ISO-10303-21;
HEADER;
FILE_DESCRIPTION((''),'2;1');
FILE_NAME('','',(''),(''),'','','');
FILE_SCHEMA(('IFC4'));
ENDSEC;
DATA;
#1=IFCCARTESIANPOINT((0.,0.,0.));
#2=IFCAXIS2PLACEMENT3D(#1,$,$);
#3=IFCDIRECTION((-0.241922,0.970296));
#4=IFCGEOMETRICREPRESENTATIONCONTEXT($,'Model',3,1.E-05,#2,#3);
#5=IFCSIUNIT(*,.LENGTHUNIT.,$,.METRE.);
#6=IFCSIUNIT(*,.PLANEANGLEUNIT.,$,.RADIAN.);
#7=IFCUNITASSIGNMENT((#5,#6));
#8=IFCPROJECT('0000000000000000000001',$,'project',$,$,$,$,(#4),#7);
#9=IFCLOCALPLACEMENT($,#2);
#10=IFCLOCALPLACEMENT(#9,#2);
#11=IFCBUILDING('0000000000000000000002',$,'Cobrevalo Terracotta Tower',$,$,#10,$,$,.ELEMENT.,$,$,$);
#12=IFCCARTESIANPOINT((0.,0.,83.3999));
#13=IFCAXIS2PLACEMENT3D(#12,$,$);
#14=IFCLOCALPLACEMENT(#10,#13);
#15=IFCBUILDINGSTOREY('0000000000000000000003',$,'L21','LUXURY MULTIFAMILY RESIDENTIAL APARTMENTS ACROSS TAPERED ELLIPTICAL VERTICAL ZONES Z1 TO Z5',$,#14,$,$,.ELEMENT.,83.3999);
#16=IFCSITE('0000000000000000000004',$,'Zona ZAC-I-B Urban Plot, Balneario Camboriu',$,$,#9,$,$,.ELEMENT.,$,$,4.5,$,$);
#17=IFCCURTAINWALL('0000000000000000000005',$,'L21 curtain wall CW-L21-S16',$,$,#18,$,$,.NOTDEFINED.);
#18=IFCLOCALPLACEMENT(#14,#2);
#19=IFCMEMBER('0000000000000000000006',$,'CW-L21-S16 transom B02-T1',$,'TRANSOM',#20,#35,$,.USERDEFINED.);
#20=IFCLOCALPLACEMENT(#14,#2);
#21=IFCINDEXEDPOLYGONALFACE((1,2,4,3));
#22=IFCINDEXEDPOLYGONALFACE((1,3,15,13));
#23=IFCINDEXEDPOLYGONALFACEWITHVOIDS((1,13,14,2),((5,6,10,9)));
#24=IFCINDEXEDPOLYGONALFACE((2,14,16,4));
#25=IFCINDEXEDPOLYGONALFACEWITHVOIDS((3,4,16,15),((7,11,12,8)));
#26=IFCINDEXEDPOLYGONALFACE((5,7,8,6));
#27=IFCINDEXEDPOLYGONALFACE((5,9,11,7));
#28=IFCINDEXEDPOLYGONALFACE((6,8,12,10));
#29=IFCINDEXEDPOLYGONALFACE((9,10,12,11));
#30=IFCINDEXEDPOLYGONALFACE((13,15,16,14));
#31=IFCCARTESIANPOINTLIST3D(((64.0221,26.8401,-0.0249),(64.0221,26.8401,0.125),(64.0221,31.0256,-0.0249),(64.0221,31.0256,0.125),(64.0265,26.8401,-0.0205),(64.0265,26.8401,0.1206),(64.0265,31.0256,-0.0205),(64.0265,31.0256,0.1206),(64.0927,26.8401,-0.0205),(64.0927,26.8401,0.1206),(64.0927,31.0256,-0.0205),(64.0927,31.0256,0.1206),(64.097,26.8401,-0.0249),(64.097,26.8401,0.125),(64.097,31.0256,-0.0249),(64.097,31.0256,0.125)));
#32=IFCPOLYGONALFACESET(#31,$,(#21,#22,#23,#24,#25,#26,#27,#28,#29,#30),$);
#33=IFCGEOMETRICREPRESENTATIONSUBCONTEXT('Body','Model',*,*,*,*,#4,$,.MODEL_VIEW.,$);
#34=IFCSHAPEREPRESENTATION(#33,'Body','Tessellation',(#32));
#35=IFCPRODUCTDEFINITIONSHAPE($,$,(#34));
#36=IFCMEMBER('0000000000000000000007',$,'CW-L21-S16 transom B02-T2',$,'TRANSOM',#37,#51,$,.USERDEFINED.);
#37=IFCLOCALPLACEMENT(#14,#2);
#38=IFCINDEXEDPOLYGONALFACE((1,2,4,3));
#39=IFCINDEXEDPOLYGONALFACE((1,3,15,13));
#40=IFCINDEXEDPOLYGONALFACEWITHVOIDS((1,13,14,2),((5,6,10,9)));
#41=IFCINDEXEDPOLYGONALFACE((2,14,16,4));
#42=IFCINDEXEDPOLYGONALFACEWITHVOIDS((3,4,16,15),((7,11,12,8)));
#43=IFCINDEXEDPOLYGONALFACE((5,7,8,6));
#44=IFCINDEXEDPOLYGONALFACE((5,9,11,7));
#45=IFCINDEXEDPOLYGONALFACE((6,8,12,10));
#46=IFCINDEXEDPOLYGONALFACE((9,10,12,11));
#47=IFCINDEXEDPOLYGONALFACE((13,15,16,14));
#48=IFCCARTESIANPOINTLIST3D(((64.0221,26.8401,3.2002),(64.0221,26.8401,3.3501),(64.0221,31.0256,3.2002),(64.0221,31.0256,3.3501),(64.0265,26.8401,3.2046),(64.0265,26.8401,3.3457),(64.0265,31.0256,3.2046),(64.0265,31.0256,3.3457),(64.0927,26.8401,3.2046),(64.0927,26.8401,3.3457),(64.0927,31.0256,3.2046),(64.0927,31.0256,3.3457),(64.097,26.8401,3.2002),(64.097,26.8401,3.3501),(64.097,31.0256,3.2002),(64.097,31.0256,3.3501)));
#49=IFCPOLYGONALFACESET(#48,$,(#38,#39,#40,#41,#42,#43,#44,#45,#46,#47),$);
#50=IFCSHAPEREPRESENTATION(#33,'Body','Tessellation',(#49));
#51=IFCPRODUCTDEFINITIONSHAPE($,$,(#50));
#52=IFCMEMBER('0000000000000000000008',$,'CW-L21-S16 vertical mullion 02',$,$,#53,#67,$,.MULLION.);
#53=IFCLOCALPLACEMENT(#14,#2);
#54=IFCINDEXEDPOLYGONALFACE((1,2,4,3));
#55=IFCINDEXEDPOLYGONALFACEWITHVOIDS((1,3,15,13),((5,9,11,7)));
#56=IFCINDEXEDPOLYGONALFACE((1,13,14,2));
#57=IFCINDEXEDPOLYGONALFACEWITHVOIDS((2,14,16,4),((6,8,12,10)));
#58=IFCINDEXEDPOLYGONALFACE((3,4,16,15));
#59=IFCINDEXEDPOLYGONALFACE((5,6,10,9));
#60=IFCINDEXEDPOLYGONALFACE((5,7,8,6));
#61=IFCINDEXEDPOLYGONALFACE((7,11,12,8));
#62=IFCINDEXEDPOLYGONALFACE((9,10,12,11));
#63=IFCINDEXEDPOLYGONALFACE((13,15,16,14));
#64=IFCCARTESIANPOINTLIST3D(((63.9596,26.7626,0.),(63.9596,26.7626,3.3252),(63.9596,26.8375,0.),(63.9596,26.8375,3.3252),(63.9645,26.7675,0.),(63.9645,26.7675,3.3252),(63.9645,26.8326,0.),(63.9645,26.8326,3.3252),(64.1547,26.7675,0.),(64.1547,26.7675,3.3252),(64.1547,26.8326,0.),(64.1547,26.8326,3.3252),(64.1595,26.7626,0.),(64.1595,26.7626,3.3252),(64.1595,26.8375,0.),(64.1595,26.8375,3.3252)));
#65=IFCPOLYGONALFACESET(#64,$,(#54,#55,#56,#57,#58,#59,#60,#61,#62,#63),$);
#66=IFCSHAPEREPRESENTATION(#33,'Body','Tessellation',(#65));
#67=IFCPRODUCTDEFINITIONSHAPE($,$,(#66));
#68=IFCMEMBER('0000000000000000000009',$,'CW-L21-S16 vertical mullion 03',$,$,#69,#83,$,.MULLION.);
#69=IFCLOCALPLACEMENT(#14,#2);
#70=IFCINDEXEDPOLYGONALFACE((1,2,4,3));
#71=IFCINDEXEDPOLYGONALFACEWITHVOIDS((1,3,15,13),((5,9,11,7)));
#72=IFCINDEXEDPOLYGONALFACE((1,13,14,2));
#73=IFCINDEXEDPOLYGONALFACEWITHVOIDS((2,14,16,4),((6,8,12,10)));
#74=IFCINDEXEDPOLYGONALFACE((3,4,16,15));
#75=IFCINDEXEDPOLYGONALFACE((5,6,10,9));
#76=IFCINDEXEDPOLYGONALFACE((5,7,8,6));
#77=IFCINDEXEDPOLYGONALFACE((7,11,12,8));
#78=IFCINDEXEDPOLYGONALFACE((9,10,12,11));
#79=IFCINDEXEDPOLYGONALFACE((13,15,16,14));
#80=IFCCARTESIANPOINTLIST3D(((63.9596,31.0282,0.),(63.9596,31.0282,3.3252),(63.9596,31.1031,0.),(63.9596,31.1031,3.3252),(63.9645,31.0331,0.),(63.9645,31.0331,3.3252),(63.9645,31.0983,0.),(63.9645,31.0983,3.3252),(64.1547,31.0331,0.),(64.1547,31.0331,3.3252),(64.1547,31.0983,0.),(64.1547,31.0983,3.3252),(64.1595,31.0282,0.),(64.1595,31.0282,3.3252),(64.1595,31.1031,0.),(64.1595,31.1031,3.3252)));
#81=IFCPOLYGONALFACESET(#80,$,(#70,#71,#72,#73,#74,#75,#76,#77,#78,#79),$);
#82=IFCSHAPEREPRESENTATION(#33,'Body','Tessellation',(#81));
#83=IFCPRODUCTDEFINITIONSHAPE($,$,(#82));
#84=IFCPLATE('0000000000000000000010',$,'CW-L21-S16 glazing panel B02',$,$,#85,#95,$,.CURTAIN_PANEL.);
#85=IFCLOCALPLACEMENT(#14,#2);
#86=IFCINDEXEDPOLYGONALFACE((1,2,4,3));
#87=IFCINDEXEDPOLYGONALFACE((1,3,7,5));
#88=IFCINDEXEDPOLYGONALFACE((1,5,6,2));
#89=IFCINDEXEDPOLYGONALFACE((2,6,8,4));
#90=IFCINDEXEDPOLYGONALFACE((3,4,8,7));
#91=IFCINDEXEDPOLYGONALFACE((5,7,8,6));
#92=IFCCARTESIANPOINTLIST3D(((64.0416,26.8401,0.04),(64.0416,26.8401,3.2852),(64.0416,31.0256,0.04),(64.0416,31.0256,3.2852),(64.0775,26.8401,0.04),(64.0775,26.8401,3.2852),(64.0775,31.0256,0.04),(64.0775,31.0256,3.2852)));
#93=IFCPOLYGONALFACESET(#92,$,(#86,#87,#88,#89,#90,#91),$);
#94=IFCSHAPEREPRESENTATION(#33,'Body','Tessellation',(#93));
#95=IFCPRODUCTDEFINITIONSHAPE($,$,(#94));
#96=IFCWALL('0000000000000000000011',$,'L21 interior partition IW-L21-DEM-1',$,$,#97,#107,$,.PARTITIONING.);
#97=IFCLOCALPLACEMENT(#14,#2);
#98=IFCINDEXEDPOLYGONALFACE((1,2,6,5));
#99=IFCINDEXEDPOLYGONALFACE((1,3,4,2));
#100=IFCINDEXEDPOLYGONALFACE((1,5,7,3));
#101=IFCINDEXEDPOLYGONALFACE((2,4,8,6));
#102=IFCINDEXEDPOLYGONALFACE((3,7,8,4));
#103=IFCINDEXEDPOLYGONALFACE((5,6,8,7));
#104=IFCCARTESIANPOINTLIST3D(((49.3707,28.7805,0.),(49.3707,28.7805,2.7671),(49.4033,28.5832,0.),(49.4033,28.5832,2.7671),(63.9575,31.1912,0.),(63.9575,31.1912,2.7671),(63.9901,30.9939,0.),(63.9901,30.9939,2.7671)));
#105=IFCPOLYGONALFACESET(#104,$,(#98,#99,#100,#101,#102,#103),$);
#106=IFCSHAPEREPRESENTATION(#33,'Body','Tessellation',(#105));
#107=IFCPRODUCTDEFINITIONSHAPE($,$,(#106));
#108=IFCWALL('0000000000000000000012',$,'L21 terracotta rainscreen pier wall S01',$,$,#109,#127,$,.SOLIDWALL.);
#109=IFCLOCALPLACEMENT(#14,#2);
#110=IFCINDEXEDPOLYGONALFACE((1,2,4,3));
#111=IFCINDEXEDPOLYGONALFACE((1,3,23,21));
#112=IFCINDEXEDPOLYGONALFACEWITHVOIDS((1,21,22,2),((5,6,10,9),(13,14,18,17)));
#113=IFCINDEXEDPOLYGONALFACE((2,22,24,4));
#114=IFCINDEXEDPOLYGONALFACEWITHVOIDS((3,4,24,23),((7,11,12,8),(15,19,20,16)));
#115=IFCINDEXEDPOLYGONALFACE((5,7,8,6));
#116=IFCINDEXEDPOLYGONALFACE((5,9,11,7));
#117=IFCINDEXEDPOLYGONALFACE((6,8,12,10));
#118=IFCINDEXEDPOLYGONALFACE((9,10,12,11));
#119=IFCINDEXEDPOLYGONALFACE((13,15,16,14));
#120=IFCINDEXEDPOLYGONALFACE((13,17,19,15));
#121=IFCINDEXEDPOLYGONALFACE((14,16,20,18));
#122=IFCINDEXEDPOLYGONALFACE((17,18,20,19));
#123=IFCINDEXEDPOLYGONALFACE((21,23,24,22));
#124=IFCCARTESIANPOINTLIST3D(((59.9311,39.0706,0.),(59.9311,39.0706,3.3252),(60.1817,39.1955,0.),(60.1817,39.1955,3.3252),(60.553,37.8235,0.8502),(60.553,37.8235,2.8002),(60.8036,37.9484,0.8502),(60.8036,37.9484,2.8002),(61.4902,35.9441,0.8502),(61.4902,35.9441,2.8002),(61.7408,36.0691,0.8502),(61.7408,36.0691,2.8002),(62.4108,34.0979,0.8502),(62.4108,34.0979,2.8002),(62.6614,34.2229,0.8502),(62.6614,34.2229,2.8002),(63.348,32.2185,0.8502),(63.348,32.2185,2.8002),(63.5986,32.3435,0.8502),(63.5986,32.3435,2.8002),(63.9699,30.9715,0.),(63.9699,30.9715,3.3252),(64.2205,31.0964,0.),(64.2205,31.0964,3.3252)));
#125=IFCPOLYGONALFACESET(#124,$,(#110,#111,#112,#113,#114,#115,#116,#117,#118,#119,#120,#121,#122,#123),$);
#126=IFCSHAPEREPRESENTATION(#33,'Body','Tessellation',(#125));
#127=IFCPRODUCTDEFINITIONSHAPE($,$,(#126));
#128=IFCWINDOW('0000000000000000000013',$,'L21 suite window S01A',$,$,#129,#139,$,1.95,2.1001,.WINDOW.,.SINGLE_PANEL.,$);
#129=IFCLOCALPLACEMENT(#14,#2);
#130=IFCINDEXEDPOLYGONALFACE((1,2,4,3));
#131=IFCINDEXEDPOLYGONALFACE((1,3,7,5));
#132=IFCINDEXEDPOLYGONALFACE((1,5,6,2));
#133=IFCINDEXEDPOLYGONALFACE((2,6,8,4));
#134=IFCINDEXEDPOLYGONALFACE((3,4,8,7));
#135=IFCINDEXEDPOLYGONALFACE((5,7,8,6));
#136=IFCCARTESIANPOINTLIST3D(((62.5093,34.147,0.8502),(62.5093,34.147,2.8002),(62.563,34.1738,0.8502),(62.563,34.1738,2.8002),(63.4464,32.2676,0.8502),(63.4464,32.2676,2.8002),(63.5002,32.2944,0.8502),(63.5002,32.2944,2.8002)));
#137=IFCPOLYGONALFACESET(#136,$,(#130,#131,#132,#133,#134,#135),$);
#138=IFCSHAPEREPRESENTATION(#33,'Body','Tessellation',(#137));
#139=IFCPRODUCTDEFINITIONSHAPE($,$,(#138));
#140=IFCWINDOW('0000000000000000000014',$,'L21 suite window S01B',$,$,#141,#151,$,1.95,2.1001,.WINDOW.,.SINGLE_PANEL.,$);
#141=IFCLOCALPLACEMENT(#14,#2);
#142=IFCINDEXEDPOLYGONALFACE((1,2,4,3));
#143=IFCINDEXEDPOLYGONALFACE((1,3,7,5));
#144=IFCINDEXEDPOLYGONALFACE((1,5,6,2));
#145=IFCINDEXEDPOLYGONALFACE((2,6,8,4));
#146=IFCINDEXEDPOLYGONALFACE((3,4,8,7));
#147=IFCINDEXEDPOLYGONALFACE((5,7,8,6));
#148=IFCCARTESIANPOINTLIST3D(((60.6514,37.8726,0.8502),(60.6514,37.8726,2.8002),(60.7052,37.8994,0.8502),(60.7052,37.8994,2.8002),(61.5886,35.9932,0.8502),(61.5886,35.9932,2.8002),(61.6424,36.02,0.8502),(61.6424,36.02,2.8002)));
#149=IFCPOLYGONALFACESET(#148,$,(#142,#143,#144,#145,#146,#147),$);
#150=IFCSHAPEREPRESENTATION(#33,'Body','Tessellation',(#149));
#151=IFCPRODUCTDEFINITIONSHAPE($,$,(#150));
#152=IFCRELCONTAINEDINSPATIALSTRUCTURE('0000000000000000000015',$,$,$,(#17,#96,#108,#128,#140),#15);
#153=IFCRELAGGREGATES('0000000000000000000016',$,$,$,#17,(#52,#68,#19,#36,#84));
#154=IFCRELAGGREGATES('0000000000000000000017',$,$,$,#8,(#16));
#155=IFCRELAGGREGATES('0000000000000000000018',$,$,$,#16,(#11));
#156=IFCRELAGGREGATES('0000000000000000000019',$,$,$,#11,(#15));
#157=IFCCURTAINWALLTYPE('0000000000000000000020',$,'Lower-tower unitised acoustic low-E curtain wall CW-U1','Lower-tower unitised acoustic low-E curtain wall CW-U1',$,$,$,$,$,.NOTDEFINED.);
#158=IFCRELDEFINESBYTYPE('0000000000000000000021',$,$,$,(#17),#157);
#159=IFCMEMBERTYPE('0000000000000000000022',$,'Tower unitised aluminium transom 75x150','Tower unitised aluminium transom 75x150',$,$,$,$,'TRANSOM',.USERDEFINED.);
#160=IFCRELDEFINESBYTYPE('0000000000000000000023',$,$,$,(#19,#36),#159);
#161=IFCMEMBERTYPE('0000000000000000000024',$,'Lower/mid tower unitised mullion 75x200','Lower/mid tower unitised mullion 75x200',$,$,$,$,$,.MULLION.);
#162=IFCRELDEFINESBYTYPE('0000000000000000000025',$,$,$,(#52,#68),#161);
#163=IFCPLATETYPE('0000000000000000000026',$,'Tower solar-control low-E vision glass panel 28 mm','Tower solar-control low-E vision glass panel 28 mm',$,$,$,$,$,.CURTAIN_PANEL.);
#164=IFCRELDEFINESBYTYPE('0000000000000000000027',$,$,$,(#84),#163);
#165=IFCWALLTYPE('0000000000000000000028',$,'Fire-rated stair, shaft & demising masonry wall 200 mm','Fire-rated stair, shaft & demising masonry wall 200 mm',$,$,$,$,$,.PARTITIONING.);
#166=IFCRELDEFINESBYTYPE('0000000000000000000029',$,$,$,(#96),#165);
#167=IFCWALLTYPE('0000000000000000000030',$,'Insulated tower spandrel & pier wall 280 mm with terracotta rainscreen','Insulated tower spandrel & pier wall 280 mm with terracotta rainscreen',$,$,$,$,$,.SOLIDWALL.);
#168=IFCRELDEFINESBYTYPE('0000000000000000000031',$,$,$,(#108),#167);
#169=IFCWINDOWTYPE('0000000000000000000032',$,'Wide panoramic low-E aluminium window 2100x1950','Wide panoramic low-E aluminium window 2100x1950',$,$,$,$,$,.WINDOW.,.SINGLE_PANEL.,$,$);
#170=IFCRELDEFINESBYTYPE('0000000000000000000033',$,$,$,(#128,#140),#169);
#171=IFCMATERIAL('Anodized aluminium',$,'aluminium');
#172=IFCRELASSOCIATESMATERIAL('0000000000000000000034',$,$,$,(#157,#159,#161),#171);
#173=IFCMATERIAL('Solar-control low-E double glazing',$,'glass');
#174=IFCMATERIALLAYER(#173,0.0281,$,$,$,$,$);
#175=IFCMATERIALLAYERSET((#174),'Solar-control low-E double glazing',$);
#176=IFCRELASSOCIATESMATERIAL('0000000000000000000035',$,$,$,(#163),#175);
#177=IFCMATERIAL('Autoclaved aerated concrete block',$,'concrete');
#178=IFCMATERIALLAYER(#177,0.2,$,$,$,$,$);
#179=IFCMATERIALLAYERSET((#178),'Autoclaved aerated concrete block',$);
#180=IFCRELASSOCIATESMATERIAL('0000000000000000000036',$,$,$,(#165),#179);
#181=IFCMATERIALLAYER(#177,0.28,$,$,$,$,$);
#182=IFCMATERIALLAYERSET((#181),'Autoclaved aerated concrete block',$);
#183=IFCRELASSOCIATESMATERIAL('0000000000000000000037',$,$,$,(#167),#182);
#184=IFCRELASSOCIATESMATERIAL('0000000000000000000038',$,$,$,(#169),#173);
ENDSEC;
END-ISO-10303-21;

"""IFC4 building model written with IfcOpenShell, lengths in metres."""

from ifc_helpers import new_model, si_unit, direction, frame, frame_2d, origin, origin_2d, place, context, subcontext, project, spatial, rectangle, hollow_rectangle, extrude, source, transform, mapped, material, layer, layer_set, material_profile, profile_set, type_object, element, fill, aggregate, save


model = new_model("IFC4")

# Units and contexts
model_context = context("Model", 3, precision=1e-05, world=origin(), true_north=direction((-0.241922, 0.970296)))
body_context = subcontext(model_context, "Body", "Model", "MODEL_VIEW")
ifc_project = project(units=[si_unit("LENGTHUNIT", "METRE"), si_unit("PLANEANGLEUNIT", "RADIAN")], contexts=[model_context])

# Site, building, storey
site_placement = place(None, origin())
site = spatial("IfcSite", under=ifc_project, at=site_placement, Name="Zona ZAC-I-B Urban Plot, Balneario Camboriu", CompositionType="ELEMENT", RefElevation=4.5)
building_placement = place(site_placement, origin())
building = spatial("IfcBuilding", under=site, at=building_placement, Name="Cobrevalo Terracotta Tower", CompositionType="ELEMENT")
storey_placement = place(building_placement, frame((0.0, 0.0, 83.3999)))
storey = spatial("IfcBuildingStorey", under=building, at=storey_placement, Name="L21", Description="LUXURY MULTIFAMILY RESIDENTIAL APARTMENTS ACROSS TAPERED ELLIPTICAL VERTICAL ZONES Z1 TO Z5", CompositionType="ELEMENT", Elevation=83.3999)

# Curtain wall, members, plate
ifc_material_1 = material(Name="Anodized aluminium", Category="aluminium")
curtain_wall_type = type_object("IfcCurtainWallType", Name="Lower-tower unitised acoustic low-E curtain wall CW-U1", Description="Lower-tower unitised acoustic low-E curtain wall CW-U1", PredefinedType="NOTDEFINED", material=ifc_material_1)
curtain_wall_placement = place(storey_placement, origin())
curtain_wall = element("IfcCurtainWall", 1, at=curtain_wall_placement, inside=storey, type_object=curtain_wall_type, Name="L21 curtain wall CW-L21-S16", PredefinedType="NOTDEFINED")
ifc_material_profile_1 = material_profile(ifc_material_1, hollow_rectangle(XDim=0.075, YDim=0.1499, WallThickness=0.0044, at=origin_2d()), Name="CWT 75x150")
ifc_profile_set_1 = profile_set([ifc_material_profile_1], Name="Anodized aluminium")
member_type_1 = type_object("IfcMemberType", Name="Tower unitised aluminium transom 75x150", Description="Tower unitised aluminium transom 75x150", ElementType="TRANSOM", PredefinedType="USERDEFINED", material=ifc_profile_set_1)
shared_shape_1 = source(origin(), body_context, "Body", "SweptSolid", [
    extrude(hollow_rectangle(XDim=0.075, YDim=0.1499, WallThickness=0.0044, at=origin_2d()), origin(), (0.0, 0.0, 1.0), 4.1855),
])
member_1_placement = place(storey_placement, frame((64.0596, 26.8401, 0.05), z_axis=(0.0, 1.0, 0.0), x_axis=(-1.0, 0.0, 0.0)))
member_1 = element("IfcMember", 2, at=member_1_placement, type_object=member_type_1, Name="CW-L21-S16 transom B02-T1", ObjectType="TRANSOM", PredefinedType="USERDEFINED", context=body_context, shape_type="MappedRepresentation", body=[
    mapped(shared_shape_1, transform((0.0, 0.0, 0.0), scale=1.0)),
])
member_2_placement = place(storey_placement, frame((64.0596, 26.8401, 3.2751), z_axis=(0.0, 1.0, 0.0), x_axis=(-1.0, 0.0, 0.0)))
member_2 = element("IfcMember", 3, at=member_2_placement, type_object=member_type_1, Name="CW-L21-S16 transom B02-T2", ObjectType="TRANSOM", PredefinedType="USERDEFINED", context=body_context, shape_type="MappedRepresentation", body=[
    mapped(shared_shape_1, transform((0.0, 0.0, 0.0), scale=1.0)),
])
ifc_material_profile_2 = material_profile(ifc_material_1, hollow_rectangle(XDim=0.075, YDim=0.2, WallThickness=0.0049, at=origin_2d()), Name="CWM 75x200")
ifc_profile_set_2 = profile_set([ifc_material_profile_2], Name="Anodized aluminium")
member_type_2 = type_object("IfcMemberType", Name="Lower/mid tower unitised mullion 75x200", Description="Lower/mid tower unitised mullion 75x200", PredefinedType="MULLION", material=ifc_profile_set_2)
shared_shape_2 = source(origin(), body_context, "Body", "SweptSolid", [
    extrude(hollow_rectangle(XDim=0.075, YDim=0.2, WallThickness=0.0049, at=origin_2d()), origin(), (0.0, 0.0, 1.0), 3.3252),
])
member_3_placement = place(storey_placement, frame((64.0596, 26.8, 0.0), z_axis=(0.0, 0.0, 1.0), x_axis=(0.0, 1.0, 0.0)))
member_3 = element("IfcMember", 4, at=member_3_placement, type_object=member_type_2, Name="CW-L21-S16 vertical mullion 02", PredefinedType="MULLION", context=body_context, shape_type="MappedRepresentation", body=[
    mapped(shared_shape_2, transform((0.0, 0.0, 0.0), scale=1.0)),
])
member_4_placement = place(storey_placement, frame((64.0596, 31.0657, 0.0), z_axis=(0.0, 0.0, 1.0), x_axis=(0.0, 1.0, 0.0)))
member_4 = element("IfcMember", 5, at=member_4_placement, type_object=member_type_2, Name="CW-L21-S16 vertical mullion 03", PredefinedType="MULLION", context=body_context, shape_type="MappedRepresentation", body=[
    mapped(shared_shape_2, transform((0.0, 0.0, 0.0), scale=1.0)),
])
ifc_material_2 = material(Name="Solar-control low-E double glazing", Category="glass")
ifc_layer_1 = layer(ifc_material_2, 0.0281)
ifc_layer_set_1 = layer_set([ifc_layer_1], Name="Solar-control low-E double glazing")
plate_type = type_object("IfcPlateType", Name="Tower solar-control low-E vision glass panel 28 mm", Description="Tower solar-control low-E vision glass panel 28 mm", PredefinedType="CURTAIN_PANEL", material=ifc_layer_set_1)
shared_shape_3 = source(origin(), body_context, "Body", "SweptSolid", [
    extrude(rectangle(XDim=4.1855, YDim=0.0359, at=origin_2d()), origin(), (0.0, 0.0, 1.0), 3.2451),
])
plate_placement = place(storey_placement, frame((64.0596, 28.9329, 0.04), z_axis=(0.0, 0.0, 1.0), x_axis=(0.0, 1.0, 0.0)))
plate = element("IfcPlate", 6, at=plate_placement, type_object=plate_type, Name="CW-L21-S16 glazing panel B02", PredefinedType="CURTAIN_PANEL", context=body_context, shape_type="MappedRepresentation", body=[
    mapped(shared_shape_3, transform((0.0, 0.0, 0.0), scale=1.0)),
])
aggregate(curtain_wall, [member_3, member_4, member_1, member_2, plate])

# Wall
ifc_material_3 = material(Name="Autoclaved aerated concrete block", Category="concrete")
ifc_layer_2 = layer(ifc_material_3, 0.2)
ifc_layer_set_2 = layer_set([ifc_layer_2], Name="Autoclaved aerated concrete block")
wall_type_1 = type_object("IfcWallType", Name="Fire-rated stair, shaft & demising masonry wall 200 mm", Description="Fire-rated stair, shaft & demising masonry wall 200 mm", PredefinedType="PARTITIONING", material=ifc_layer_set_2)
wall_1_placement = place(storey_placement, frame((49.387, 28.6819, 0.0), z_axis=(0.0, 0.0, 1.0), x_axis=(0.986618, 0.163049, 0.0)))
element("IfcWall", 7, at=wall_1_placement, inside=storey, type_object=wall_type_1, Name="L21 interior partition IW-L21-DEM-1", PredefinedType="PARTITIONING", context=body_context, shape_type="SweptSolid", body=[
    extrude(rectangle(XDim=14.7847, YDim=0.2, at=frame_2d((7.3923, 0.0))), origin(), (0.0, 0.0, 1.0), 2.7671),
])

# Wall, openings, windows
ifc_layer_3 = layer(ifc_material_3, 0.28)
ifc_layer_set_3 = layer_set([ifc_layer_3], Name="Autoclaved aerated concrete block")
wall_type_2 = type_object("IfcWallType", Name="Insulated tower spandrel & pier wall 280 mm with terracotta rainscreen", Description="Insulated tower spandrel & pier wall 280 mm with terracotta rainscreen", PredefinedType="SOLIDWALL", material=ifc_layer_set_3)
wall_2_placement = place(storey_placement, frame((64.0952, 31.0339, 0.0), z_axis=(0.0, 0.0, 1.0), x_axis=(-0.446264, 0.894901, 0.0)))
wall_2 = element("IfcWall", 8, at=wall_2_placement, inside=storey, type_object=wall_type_2, Name="L21 terracotta rainscreen pier wall S01", PredefinedType="SOLIDWALL", context=body_context, shape_type="SweptSolid", body=[
    extrude(rectangle(XDim=9.0503, YDim=0.28, at=frame_2d((4.5251, 0.0))), origin(), (0.0, 0.0, 1.0), 3.3252),
])
opening_1_placement = place(wall_2_placement, frame((1.3936, 0.0, 0.8501)))
opening_1 = element("IfcOpeningElement", 9, at=opening_1_placement, cuts=wall_2, PredefinedType="OPENING", context=body_context, shape_type="SweptSolid", body=[
    extrude(rectangle(XDim=2.1001, YDim=1.95, at=frame_2d((1.05, 0.9751))), frame((0.0, 0.1499, 0.0), z_axis=(0.0, -1.0, 0.0), x_axis=(1.0, 0.0, 0.0)), (0.0, 0.0, 1.0), 0.3),
])
opening_2_placement = place(wall_2_placement, frame((5.5566, 0.0, 0.8501)))
opening_2 = element("IfcOpeningElement", 10, at=opening_2_placement, cuts=wall_2, PredefinedType="OPENING", context=body_context, shape_type="SweptSolid", body=[
    extrude(rectangle(XDim=2.1001, YDim=1.95, at=frame_2d((1.05, 0.9751))), frame((0.0, 0.1499, 0.0), z_axis=(0.0, -1.0, 0.0), x_axis=(1.0, 0.0, 0.0)), (0.0, 0.0, 1.0), 0.3),
])
window_type = type_object("IfcWindowType", Name="Wide panoramic low-E aluminium window 2100x1950", Description="Wide panoramic low-E aluminium window 2100x1950", PartitioningType="SINGLE_PANEL", PredefinedType="WINDOW", material=ifc_material_2)
shared_shape_4 = source(origin(), body_context, "Body", "SweptSolid", [
    extrude(rectangle(XDim=2.1001, YDim=1.95, at=frame_2d((1.05, 0.9751))), frame((0.0, 0.03, 0.0), z_axis=(0.0, -1.0, 0.0), x_axis=(1.0, 0.0, 0.0)), (0.0, 0.0, 1.0), 0.0601),
])
window_1_placement = place(opening_1_placement, origin())
window_1 = element("IfcWindow", 11, at=window_1_placement, inside=storey, type_object=window_type, Name="L21 suite window S01A", OverallHeight=1.95, OverallWidth=2.1001, PartitioningType="SINGLE_PANEL", PredefinedType="WINDOW", context=body_context, shape_type="MappedRepresentation", body=[
    mapped(shared_shape_4, transform((0.0, 0.0, 0.0), scale=1.0)),
])
fill(opening_1, window_1)
window_2_placement = place(opening_2_placement, origin())
window_2 = element("IfcWindow", 12, at=window_2_placement, inside=storey, type_object=window_type, Name="L21 suite window S01B", OverallHeight=1.95, OverallWidth=2.1001, PartitioningType="SINGLE_PANEL", PredefinedType="WINDOW", context=body_context, shape_type="MappedRepresentation", body=[
    mapped(shared_shape_4, transform((0.0, 0.0, 0.0), scale=1.0)),
])
fill(opening_2, window_2)

save(model, "model.ifc")
